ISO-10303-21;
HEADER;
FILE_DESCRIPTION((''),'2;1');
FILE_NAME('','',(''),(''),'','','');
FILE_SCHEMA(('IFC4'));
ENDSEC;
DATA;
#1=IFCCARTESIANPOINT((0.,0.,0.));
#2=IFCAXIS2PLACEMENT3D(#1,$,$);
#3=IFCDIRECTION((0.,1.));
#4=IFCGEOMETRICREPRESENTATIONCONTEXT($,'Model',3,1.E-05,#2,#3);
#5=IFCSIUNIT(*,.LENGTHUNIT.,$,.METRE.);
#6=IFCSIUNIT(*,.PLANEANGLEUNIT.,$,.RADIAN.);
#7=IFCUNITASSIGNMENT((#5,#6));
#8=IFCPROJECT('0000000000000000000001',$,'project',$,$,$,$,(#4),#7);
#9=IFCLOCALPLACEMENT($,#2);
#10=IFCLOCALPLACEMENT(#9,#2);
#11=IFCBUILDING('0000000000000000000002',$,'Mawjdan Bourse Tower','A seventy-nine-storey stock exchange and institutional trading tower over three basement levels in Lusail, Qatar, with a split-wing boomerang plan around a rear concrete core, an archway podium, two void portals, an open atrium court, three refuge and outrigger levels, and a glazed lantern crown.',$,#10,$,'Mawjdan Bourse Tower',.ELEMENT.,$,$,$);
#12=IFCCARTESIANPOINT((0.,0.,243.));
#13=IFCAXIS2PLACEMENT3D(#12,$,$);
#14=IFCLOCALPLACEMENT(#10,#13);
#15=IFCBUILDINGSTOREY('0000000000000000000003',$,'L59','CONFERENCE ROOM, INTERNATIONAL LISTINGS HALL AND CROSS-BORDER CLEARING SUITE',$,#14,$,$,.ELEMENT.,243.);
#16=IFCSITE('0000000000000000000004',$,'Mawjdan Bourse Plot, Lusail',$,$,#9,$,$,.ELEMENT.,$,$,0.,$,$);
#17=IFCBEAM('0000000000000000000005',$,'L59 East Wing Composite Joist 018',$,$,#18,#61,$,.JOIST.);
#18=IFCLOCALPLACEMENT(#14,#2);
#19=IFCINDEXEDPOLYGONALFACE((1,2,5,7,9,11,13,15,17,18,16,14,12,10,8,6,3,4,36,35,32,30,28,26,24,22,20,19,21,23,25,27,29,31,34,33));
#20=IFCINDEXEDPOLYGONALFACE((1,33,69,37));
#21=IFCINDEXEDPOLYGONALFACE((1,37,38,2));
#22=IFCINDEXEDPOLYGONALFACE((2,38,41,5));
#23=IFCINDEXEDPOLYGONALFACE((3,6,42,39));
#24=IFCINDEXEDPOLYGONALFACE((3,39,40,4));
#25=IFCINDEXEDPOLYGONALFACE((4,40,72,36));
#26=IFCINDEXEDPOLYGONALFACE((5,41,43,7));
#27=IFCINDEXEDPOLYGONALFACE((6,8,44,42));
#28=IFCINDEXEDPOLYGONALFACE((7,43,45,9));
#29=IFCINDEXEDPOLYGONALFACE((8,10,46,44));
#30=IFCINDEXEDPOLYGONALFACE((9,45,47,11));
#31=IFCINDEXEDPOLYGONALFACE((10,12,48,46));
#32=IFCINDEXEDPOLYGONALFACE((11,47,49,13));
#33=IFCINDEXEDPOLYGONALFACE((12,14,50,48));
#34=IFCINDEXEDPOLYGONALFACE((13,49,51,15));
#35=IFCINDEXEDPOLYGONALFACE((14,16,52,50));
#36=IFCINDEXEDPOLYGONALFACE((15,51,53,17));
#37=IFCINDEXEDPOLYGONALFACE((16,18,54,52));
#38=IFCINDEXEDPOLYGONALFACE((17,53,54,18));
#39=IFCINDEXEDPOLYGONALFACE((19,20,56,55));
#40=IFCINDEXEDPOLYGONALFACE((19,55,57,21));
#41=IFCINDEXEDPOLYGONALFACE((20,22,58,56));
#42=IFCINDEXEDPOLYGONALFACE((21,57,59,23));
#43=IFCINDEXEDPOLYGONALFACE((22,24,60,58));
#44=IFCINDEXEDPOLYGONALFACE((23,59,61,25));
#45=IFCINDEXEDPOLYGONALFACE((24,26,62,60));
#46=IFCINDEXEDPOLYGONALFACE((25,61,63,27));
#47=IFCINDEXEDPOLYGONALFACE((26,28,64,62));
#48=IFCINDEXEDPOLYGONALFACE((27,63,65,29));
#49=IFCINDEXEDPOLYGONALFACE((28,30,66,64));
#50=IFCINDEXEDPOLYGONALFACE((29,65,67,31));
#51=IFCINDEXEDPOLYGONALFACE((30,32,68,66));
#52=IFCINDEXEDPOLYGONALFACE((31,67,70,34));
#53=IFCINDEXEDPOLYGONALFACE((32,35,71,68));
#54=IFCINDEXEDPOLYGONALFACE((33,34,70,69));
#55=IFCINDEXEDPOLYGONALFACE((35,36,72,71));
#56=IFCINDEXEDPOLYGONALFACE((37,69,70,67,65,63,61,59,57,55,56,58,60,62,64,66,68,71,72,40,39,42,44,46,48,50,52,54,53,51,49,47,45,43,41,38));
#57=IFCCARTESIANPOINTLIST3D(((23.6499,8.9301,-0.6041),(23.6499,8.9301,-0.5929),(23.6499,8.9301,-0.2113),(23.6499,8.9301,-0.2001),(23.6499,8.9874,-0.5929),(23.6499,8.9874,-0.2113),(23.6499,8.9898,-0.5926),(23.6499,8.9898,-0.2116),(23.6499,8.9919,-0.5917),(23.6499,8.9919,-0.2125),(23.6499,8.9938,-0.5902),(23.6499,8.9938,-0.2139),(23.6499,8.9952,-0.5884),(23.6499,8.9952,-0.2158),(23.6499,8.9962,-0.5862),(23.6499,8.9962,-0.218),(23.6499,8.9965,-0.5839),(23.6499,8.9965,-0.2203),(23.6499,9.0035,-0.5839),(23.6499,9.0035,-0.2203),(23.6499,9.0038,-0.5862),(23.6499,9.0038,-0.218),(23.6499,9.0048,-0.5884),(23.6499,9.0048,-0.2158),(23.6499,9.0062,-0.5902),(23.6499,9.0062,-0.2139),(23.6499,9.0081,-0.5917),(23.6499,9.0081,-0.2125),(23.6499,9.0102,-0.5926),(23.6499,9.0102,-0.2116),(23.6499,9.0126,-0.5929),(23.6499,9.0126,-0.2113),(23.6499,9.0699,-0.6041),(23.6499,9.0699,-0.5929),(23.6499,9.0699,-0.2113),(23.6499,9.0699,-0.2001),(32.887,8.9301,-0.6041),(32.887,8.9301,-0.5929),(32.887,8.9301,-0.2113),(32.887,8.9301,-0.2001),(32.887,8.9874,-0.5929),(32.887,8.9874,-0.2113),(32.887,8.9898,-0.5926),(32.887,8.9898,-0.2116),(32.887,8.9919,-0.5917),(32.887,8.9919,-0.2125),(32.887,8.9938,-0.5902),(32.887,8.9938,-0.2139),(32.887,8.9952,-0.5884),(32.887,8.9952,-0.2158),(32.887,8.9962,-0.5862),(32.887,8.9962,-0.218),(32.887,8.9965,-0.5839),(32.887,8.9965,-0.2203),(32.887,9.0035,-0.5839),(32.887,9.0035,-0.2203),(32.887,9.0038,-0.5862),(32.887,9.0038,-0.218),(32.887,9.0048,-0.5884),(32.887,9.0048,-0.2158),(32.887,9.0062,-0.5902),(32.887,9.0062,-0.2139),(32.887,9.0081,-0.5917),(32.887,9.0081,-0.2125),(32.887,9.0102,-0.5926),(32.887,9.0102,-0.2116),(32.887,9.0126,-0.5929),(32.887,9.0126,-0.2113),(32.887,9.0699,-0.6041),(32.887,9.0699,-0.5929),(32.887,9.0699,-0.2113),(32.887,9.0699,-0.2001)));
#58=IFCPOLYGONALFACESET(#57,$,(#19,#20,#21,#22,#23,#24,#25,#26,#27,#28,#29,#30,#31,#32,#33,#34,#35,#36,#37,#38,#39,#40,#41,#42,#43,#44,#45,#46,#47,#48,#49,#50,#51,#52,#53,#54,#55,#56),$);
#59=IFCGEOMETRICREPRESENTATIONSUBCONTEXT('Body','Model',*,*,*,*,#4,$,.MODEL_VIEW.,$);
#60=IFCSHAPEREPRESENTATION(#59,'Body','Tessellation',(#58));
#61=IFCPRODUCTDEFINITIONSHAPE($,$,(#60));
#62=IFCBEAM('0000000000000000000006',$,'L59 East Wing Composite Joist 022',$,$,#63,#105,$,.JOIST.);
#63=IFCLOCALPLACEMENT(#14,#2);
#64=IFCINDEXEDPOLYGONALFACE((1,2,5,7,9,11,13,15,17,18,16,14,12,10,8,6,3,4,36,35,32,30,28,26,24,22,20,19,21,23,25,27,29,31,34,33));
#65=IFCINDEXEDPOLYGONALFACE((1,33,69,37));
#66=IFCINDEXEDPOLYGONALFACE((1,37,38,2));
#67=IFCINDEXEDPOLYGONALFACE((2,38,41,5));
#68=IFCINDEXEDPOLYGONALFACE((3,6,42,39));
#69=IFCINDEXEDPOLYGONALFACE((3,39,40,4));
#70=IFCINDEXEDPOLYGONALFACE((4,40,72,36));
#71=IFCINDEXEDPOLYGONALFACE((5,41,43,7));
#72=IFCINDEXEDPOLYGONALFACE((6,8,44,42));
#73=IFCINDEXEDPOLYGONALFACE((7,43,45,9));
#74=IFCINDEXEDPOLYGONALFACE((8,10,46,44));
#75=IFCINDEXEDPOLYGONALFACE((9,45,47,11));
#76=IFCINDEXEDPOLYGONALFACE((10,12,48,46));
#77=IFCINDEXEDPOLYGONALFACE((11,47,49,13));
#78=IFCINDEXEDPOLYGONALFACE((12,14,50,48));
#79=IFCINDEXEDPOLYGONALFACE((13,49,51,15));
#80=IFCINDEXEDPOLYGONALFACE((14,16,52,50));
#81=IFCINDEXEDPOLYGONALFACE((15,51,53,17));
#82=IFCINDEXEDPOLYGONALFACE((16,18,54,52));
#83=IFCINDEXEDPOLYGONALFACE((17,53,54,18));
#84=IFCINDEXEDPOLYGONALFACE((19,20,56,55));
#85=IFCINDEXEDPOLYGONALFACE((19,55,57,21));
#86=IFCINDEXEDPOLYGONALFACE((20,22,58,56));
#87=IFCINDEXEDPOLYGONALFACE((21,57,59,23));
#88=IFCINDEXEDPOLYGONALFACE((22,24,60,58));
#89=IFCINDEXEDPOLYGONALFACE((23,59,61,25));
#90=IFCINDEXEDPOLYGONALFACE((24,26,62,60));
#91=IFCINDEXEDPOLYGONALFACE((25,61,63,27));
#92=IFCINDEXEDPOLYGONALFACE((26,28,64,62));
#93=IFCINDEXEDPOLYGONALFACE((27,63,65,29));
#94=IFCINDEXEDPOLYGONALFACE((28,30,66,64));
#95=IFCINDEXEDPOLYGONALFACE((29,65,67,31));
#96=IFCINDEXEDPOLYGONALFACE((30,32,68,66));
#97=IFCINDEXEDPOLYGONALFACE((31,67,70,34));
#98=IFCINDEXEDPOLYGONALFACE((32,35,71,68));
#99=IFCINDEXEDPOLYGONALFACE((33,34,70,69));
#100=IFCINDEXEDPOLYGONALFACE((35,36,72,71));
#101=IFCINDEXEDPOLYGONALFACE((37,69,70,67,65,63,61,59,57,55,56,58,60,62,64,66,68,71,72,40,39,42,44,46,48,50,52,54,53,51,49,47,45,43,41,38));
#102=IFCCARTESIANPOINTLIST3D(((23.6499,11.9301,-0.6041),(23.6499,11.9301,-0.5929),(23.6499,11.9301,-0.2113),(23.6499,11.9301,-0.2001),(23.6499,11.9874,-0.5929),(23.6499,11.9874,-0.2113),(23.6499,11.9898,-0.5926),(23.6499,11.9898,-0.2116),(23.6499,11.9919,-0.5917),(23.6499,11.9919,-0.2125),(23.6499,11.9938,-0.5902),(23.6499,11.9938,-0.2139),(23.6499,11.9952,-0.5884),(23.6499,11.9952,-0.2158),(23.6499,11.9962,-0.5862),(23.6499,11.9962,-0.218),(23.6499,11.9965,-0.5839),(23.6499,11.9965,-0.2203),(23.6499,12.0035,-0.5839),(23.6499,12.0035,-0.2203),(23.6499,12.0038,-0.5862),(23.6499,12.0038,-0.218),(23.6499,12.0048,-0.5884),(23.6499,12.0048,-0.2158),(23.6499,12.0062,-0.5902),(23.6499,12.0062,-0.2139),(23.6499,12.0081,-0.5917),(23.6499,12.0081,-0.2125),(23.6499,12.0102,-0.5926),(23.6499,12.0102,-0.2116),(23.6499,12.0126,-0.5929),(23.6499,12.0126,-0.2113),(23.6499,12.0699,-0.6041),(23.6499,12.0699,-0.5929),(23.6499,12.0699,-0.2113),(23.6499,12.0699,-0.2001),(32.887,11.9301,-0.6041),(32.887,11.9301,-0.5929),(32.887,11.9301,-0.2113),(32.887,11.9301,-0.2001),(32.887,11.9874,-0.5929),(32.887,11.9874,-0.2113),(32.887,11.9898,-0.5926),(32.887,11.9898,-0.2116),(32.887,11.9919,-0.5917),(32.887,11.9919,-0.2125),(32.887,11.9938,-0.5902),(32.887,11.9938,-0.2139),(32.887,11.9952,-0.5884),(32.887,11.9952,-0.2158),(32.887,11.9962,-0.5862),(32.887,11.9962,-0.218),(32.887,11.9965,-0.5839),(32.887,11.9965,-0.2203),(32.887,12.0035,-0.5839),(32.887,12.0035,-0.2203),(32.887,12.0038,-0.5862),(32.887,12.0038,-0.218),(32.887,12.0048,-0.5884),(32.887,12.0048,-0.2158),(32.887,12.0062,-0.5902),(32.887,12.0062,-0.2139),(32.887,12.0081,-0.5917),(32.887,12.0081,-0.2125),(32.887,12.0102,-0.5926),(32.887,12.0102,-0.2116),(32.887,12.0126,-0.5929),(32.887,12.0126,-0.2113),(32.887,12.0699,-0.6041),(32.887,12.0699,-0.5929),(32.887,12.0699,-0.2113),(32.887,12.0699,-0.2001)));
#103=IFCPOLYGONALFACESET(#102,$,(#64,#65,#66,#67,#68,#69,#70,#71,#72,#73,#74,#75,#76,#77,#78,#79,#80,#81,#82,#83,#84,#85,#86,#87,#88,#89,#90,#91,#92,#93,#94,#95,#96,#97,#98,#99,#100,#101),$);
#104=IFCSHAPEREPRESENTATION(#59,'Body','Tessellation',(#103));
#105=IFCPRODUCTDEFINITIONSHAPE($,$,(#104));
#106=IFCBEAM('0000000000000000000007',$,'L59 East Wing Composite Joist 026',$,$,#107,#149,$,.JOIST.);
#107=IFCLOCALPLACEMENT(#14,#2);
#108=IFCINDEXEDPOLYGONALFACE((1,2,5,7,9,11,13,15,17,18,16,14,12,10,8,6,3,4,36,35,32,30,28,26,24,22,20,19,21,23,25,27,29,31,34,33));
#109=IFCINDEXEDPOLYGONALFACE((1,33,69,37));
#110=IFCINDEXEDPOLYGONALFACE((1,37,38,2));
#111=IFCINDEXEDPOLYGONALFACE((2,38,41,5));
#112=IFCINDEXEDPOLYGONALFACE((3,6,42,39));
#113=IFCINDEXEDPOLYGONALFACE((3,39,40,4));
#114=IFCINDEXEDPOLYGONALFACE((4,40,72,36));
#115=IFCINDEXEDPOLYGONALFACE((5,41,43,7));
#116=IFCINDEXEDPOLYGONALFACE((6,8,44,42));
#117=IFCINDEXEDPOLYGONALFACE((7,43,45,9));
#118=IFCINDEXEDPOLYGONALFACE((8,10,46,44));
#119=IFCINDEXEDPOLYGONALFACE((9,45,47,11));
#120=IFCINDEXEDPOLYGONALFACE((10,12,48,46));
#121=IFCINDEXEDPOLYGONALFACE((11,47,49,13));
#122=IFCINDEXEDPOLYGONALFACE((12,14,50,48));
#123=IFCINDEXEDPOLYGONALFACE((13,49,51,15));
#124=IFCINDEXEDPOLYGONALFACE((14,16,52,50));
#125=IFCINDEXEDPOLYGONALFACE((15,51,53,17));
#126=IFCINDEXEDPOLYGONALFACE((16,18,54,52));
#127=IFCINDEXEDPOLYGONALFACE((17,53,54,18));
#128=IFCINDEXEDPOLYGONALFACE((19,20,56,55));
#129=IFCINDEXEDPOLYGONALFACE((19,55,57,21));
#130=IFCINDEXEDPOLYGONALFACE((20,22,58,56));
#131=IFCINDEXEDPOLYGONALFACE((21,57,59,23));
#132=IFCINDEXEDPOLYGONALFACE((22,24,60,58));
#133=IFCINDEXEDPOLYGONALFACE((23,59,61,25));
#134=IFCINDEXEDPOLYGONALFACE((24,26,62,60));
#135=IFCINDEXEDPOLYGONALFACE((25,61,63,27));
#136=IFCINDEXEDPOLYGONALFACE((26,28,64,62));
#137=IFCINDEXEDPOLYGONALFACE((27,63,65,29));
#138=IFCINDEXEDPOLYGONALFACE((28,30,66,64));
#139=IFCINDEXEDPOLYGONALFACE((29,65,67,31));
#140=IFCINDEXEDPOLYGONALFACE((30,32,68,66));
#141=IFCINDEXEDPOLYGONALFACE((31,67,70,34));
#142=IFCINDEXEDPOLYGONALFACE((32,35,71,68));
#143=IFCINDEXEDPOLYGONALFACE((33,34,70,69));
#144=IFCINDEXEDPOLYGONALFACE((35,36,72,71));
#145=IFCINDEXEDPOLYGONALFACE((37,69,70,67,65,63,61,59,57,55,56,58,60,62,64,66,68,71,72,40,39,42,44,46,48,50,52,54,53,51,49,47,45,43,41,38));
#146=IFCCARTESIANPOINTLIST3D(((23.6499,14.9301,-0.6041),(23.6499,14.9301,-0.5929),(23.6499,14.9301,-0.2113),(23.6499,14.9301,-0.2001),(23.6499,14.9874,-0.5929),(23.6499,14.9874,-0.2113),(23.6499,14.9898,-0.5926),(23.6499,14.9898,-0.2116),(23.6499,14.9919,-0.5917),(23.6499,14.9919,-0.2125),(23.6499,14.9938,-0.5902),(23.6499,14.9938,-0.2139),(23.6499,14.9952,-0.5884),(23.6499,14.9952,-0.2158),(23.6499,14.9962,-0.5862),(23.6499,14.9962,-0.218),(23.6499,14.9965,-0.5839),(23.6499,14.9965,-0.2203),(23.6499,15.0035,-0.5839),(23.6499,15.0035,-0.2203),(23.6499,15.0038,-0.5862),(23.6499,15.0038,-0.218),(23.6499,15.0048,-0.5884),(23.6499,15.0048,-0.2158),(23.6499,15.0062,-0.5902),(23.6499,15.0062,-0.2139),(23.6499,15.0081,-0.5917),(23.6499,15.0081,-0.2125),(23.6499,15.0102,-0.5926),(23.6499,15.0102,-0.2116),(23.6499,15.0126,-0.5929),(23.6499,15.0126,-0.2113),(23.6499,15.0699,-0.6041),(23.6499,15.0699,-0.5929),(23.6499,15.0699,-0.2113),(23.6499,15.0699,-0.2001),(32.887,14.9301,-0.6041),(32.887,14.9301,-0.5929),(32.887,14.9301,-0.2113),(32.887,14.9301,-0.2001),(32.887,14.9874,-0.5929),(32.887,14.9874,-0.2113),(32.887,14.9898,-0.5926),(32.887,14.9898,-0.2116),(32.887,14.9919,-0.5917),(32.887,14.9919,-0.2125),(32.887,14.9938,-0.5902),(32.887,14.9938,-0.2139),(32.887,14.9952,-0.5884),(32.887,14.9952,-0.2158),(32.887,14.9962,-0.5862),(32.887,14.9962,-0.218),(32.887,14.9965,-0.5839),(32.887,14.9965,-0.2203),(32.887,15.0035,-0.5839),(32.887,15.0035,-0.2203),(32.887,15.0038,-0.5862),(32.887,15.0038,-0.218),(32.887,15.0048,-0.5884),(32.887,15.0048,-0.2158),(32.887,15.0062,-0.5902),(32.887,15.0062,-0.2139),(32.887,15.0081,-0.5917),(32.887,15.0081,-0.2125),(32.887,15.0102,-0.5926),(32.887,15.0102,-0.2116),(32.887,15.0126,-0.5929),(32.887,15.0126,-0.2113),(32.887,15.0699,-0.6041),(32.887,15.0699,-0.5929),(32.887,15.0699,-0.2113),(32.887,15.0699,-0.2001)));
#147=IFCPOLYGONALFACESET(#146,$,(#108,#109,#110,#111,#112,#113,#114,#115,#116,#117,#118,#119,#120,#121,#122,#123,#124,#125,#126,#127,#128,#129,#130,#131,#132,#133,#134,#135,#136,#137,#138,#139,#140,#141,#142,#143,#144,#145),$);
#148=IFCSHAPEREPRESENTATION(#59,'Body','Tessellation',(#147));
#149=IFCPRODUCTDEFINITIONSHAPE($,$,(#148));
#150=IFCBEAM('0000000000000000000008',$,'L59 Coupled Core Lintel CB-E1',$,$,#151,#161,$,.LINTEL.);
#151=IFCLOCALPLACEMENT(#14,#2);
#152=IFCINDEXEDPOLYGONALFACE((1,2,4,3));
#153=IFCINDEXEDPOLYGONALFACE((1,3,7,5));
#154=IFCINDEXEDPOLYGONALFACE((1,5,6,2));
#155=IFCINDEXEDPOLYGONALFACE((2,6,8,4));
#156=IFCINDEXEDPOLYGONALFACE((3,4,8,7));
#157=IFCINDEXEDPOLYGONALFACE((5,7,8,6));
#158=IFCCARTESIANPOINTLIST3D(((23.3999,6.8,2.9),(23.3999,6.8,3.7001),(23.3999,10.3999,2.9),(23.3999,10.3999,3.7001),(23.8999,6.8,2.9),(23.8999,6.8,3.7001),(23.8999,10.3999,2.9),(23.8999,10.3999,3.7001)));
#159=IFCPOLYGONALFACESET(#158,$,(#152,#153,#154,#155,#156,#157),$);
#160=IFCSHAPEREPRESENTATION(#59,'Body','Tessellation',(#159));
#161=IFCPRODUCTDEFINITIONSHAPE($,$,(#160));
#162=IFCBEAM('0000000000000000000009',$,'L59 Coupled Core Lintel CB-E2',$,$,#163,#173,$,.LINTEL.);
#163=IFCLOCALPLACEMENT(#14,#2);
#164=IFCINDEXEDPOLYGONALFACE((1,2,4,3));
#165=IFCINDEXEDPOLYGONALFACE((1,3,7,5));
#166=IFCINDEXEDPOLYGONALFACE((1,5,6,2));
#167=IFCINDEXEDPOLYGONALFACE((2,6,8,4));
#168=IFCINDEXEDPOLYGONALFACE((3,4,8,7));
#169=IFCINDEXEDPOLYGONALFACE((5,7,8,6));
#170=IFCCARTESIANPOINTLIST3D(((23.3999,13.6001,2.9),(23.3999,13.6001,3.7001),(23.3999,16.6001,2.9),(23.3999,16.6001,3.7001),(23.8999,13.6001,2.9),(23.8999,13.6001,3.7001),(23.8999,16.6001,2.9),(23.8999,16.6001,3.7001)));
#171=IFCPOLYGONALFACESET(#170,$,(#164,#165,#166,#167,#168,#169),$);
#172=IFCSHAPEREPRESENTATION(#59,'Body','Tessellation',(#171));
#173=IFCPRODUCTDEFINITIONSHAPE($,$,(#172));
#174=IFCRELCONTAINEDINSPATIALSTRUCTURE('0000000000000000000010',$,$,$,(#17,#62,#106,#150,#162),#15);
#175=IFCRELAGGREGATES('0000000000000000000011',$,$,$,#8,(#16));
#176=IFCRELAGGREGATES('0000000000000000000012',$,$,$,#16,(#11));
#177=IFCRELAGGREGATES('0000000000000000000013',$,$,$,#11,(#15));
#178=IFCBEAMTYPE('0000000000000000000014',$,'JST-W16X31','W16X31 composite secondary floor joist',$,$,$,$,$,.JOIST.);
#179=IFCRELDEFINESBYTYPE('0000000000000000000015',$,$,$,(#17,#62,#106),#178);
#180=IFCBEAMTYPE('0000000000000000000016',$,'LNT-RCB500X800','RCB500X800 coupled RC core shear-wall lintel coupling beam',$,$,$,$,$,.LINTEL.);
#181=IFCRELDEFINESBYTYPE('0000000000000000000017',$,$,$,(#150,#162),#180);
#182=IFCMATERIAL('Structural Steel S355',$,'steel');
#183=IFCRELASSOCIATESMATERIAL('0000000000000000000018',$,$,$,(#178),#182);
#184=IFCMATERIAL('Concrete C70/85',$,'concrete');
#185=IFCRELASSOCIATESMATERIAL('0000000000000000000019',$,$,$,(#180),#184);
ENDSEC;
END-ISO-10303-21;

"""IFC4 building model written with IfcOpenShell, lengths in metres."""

from ifc_helpers import new_model, si_unit, direction, frame, origin, origin_2d, place, context, subcontext, project, spatial, rectangle, i_section, extrude, material, material_profile, profile_set, type_object, element, save


model = new_model("IFC4")

# Units and contexts
model_context = context("Model", 3, precision=1e-05, world=origin(), true_north=direction((0.0, 1.0)))
body_context = subcontext(model_context, "Body", "Model", "MODEL_VIEW")
ifc_project = project(units=[si_unit("LENGTHUNIT", "METRE"), si_unit("PLANEANGLEUNIT", "RADIAN")], contexts=[model_context])

# Site, building, storey
site_placement = place(None, origin())
site = spatial("IfcSite", under=ifc_project, at=site_placement, Name="Mawjdan Bourse Plot, Lusail", CompositionType="ELEMENT", RefElevation=0.0)
building_placement = place(site_placement, origin())
building = spatial("IfcBuilding", under=site, at=building_placement, Name="Mawjdan Bourse Tower", Description="A seventy-nine-storey stock exchange and institutional trading tower over three basement levels in Lusail, Qatar, with a split-wing boomerang plan around a rear concrete core, an archway podium, two void portals, an open atrium court, three refuge and outrigger levels, and a glazed lantern crown.", LongName="Mawjdan Bourse Tower", CompositionType="ELEMENT")
storey_placement = place(building_placement, frame((0.0, 0.0, 243.0)))
storey = spatial("IfcBuildingStorey", under=building, at=storey_placement, Name="L59", Description="CONFERENCE ROOM, INTERNATIONAL LISTINGS HALL AND CROSS-BORDER CLEARING SUITE", CompositionType="ELEMENT", Elevation=243.0)

# Beams
ifc_material_1 = material(Name="Structural Steel S355", Category="steel")
ifc_material_profile_1 = material_profile(ifc_material_1, i_section(OverallWidth=0.1399, OverallDepth=0.4041, WebThickness=0.0071, FlangeThickness=0.0112, FilletRadius=0.009, at=origin_2d()), Name="W16X31")
ifc_profile_set_1 = profile_set([ifc_material_profile_1], Name="Structural Steel S355")
beam_type_1 = type_object("IfcBeamType", Name="JST-W16X31", Description="W16X31 composite secondary floor joist", PredefinedType="JOIST", material=ifc_profile_set_1)
for number, where, z_axis, x_axis, name in (
    (1, (23.6499, 9.0, -0.4021), (1.0, 0.0, 0.0), (0.0, 1.0, 0.0), "L59 East Wing Composite Joist 018"),
    (2, (23.6499, 12.0, -0.4021), (1.0, 0.0, 0.0), (0.0, 1.0, 0.0), "L59 East Wing Composite Joist 022"),
    (3, (23.6499, 15.0, -0.4021), (1.0, 0.0, 0.0), (0.0, 1.0, 0.0), "L59 East Wing Composite Joist 026"),
):
    element("IfcBeam", number, at=place(storey_placement, frame(where, z_axis=z_axis, x_axis=x_axis)), inside=storey, type_object=beam_type_1, Name=name, PredefinedType="JOIST", context=body_context, shape_type="SweptSolid", body=[
        extrude(i_section(OverallWidth=0.1399, OverallDepth=0.4041, WebThickness=0.0071, FlangeThickness=0.0112, FilletRadius=0.009, at=origin_2d()), origin(), (0.0, 0.0, 1.0), 9.2371),
    ])
ifc_material_2 = material(Name="Concrete C70/85", Category="concrete")
ifc_material_profile_2 = material_profile(ifc_material_2, rectangle(XDim=0.5, YDim=0.8, at=origin_2d()), Name="RCB500X800")
ifc_profile_set_2 = profile_set([ifc_material_profile_2], Name="Concrete C70/85")
beam_type_2 = type_object("IfcBeamType", Name="LNT-RCB500X800", Description="RCB500X800 coupled RC core shear-wall lintel coupling beam", PredefinedType="LINTEL", material=ifc_profile_set_2)
beam_1_placement = place(storey_placement, frame((23.6499, 6.8, 3.3), z_axis=(0.0, 1.0, 0.0), x_axis=(-1.0, 0.0, 0.0)))
element("IfcBeam", 4, at=beam_1_placement, inside=storey, type_object=beam_type_2, Name="L59 Coupled Core Lintel CB-E1", PredefinedType="LINTEL", context=body_context, shape_type="SweptSolid", body=[
    extrude(rectangle(XDim=0.5, YDim=0.8, at=origin_2d()), origin(), (0.0, 0.0, 1.0), 3.5999),
])
beam_2_placement = place(storey_placement, frame((23.6499, 13.6001, 3.3), z_axis=(0.0, 1.0, 0.0), x_axis=(-1.0, 0.0, 0.0)))
element("IfcBeam", 5, at=beam_2_placement, inside=storey, type_object=beam_type_2, Name="L59 Coupled Core Lintel CB-E2", PredefinedType="LINTEL", context=body_context, shape_type="SweptSolid", body=[
    extrude(rectangle(XDim=0.5, YDim=0.8, at=origin_2d()), origin(), (0.0, 0.0, 1.0), 3.0),
])

save(model, "model.ifc")
